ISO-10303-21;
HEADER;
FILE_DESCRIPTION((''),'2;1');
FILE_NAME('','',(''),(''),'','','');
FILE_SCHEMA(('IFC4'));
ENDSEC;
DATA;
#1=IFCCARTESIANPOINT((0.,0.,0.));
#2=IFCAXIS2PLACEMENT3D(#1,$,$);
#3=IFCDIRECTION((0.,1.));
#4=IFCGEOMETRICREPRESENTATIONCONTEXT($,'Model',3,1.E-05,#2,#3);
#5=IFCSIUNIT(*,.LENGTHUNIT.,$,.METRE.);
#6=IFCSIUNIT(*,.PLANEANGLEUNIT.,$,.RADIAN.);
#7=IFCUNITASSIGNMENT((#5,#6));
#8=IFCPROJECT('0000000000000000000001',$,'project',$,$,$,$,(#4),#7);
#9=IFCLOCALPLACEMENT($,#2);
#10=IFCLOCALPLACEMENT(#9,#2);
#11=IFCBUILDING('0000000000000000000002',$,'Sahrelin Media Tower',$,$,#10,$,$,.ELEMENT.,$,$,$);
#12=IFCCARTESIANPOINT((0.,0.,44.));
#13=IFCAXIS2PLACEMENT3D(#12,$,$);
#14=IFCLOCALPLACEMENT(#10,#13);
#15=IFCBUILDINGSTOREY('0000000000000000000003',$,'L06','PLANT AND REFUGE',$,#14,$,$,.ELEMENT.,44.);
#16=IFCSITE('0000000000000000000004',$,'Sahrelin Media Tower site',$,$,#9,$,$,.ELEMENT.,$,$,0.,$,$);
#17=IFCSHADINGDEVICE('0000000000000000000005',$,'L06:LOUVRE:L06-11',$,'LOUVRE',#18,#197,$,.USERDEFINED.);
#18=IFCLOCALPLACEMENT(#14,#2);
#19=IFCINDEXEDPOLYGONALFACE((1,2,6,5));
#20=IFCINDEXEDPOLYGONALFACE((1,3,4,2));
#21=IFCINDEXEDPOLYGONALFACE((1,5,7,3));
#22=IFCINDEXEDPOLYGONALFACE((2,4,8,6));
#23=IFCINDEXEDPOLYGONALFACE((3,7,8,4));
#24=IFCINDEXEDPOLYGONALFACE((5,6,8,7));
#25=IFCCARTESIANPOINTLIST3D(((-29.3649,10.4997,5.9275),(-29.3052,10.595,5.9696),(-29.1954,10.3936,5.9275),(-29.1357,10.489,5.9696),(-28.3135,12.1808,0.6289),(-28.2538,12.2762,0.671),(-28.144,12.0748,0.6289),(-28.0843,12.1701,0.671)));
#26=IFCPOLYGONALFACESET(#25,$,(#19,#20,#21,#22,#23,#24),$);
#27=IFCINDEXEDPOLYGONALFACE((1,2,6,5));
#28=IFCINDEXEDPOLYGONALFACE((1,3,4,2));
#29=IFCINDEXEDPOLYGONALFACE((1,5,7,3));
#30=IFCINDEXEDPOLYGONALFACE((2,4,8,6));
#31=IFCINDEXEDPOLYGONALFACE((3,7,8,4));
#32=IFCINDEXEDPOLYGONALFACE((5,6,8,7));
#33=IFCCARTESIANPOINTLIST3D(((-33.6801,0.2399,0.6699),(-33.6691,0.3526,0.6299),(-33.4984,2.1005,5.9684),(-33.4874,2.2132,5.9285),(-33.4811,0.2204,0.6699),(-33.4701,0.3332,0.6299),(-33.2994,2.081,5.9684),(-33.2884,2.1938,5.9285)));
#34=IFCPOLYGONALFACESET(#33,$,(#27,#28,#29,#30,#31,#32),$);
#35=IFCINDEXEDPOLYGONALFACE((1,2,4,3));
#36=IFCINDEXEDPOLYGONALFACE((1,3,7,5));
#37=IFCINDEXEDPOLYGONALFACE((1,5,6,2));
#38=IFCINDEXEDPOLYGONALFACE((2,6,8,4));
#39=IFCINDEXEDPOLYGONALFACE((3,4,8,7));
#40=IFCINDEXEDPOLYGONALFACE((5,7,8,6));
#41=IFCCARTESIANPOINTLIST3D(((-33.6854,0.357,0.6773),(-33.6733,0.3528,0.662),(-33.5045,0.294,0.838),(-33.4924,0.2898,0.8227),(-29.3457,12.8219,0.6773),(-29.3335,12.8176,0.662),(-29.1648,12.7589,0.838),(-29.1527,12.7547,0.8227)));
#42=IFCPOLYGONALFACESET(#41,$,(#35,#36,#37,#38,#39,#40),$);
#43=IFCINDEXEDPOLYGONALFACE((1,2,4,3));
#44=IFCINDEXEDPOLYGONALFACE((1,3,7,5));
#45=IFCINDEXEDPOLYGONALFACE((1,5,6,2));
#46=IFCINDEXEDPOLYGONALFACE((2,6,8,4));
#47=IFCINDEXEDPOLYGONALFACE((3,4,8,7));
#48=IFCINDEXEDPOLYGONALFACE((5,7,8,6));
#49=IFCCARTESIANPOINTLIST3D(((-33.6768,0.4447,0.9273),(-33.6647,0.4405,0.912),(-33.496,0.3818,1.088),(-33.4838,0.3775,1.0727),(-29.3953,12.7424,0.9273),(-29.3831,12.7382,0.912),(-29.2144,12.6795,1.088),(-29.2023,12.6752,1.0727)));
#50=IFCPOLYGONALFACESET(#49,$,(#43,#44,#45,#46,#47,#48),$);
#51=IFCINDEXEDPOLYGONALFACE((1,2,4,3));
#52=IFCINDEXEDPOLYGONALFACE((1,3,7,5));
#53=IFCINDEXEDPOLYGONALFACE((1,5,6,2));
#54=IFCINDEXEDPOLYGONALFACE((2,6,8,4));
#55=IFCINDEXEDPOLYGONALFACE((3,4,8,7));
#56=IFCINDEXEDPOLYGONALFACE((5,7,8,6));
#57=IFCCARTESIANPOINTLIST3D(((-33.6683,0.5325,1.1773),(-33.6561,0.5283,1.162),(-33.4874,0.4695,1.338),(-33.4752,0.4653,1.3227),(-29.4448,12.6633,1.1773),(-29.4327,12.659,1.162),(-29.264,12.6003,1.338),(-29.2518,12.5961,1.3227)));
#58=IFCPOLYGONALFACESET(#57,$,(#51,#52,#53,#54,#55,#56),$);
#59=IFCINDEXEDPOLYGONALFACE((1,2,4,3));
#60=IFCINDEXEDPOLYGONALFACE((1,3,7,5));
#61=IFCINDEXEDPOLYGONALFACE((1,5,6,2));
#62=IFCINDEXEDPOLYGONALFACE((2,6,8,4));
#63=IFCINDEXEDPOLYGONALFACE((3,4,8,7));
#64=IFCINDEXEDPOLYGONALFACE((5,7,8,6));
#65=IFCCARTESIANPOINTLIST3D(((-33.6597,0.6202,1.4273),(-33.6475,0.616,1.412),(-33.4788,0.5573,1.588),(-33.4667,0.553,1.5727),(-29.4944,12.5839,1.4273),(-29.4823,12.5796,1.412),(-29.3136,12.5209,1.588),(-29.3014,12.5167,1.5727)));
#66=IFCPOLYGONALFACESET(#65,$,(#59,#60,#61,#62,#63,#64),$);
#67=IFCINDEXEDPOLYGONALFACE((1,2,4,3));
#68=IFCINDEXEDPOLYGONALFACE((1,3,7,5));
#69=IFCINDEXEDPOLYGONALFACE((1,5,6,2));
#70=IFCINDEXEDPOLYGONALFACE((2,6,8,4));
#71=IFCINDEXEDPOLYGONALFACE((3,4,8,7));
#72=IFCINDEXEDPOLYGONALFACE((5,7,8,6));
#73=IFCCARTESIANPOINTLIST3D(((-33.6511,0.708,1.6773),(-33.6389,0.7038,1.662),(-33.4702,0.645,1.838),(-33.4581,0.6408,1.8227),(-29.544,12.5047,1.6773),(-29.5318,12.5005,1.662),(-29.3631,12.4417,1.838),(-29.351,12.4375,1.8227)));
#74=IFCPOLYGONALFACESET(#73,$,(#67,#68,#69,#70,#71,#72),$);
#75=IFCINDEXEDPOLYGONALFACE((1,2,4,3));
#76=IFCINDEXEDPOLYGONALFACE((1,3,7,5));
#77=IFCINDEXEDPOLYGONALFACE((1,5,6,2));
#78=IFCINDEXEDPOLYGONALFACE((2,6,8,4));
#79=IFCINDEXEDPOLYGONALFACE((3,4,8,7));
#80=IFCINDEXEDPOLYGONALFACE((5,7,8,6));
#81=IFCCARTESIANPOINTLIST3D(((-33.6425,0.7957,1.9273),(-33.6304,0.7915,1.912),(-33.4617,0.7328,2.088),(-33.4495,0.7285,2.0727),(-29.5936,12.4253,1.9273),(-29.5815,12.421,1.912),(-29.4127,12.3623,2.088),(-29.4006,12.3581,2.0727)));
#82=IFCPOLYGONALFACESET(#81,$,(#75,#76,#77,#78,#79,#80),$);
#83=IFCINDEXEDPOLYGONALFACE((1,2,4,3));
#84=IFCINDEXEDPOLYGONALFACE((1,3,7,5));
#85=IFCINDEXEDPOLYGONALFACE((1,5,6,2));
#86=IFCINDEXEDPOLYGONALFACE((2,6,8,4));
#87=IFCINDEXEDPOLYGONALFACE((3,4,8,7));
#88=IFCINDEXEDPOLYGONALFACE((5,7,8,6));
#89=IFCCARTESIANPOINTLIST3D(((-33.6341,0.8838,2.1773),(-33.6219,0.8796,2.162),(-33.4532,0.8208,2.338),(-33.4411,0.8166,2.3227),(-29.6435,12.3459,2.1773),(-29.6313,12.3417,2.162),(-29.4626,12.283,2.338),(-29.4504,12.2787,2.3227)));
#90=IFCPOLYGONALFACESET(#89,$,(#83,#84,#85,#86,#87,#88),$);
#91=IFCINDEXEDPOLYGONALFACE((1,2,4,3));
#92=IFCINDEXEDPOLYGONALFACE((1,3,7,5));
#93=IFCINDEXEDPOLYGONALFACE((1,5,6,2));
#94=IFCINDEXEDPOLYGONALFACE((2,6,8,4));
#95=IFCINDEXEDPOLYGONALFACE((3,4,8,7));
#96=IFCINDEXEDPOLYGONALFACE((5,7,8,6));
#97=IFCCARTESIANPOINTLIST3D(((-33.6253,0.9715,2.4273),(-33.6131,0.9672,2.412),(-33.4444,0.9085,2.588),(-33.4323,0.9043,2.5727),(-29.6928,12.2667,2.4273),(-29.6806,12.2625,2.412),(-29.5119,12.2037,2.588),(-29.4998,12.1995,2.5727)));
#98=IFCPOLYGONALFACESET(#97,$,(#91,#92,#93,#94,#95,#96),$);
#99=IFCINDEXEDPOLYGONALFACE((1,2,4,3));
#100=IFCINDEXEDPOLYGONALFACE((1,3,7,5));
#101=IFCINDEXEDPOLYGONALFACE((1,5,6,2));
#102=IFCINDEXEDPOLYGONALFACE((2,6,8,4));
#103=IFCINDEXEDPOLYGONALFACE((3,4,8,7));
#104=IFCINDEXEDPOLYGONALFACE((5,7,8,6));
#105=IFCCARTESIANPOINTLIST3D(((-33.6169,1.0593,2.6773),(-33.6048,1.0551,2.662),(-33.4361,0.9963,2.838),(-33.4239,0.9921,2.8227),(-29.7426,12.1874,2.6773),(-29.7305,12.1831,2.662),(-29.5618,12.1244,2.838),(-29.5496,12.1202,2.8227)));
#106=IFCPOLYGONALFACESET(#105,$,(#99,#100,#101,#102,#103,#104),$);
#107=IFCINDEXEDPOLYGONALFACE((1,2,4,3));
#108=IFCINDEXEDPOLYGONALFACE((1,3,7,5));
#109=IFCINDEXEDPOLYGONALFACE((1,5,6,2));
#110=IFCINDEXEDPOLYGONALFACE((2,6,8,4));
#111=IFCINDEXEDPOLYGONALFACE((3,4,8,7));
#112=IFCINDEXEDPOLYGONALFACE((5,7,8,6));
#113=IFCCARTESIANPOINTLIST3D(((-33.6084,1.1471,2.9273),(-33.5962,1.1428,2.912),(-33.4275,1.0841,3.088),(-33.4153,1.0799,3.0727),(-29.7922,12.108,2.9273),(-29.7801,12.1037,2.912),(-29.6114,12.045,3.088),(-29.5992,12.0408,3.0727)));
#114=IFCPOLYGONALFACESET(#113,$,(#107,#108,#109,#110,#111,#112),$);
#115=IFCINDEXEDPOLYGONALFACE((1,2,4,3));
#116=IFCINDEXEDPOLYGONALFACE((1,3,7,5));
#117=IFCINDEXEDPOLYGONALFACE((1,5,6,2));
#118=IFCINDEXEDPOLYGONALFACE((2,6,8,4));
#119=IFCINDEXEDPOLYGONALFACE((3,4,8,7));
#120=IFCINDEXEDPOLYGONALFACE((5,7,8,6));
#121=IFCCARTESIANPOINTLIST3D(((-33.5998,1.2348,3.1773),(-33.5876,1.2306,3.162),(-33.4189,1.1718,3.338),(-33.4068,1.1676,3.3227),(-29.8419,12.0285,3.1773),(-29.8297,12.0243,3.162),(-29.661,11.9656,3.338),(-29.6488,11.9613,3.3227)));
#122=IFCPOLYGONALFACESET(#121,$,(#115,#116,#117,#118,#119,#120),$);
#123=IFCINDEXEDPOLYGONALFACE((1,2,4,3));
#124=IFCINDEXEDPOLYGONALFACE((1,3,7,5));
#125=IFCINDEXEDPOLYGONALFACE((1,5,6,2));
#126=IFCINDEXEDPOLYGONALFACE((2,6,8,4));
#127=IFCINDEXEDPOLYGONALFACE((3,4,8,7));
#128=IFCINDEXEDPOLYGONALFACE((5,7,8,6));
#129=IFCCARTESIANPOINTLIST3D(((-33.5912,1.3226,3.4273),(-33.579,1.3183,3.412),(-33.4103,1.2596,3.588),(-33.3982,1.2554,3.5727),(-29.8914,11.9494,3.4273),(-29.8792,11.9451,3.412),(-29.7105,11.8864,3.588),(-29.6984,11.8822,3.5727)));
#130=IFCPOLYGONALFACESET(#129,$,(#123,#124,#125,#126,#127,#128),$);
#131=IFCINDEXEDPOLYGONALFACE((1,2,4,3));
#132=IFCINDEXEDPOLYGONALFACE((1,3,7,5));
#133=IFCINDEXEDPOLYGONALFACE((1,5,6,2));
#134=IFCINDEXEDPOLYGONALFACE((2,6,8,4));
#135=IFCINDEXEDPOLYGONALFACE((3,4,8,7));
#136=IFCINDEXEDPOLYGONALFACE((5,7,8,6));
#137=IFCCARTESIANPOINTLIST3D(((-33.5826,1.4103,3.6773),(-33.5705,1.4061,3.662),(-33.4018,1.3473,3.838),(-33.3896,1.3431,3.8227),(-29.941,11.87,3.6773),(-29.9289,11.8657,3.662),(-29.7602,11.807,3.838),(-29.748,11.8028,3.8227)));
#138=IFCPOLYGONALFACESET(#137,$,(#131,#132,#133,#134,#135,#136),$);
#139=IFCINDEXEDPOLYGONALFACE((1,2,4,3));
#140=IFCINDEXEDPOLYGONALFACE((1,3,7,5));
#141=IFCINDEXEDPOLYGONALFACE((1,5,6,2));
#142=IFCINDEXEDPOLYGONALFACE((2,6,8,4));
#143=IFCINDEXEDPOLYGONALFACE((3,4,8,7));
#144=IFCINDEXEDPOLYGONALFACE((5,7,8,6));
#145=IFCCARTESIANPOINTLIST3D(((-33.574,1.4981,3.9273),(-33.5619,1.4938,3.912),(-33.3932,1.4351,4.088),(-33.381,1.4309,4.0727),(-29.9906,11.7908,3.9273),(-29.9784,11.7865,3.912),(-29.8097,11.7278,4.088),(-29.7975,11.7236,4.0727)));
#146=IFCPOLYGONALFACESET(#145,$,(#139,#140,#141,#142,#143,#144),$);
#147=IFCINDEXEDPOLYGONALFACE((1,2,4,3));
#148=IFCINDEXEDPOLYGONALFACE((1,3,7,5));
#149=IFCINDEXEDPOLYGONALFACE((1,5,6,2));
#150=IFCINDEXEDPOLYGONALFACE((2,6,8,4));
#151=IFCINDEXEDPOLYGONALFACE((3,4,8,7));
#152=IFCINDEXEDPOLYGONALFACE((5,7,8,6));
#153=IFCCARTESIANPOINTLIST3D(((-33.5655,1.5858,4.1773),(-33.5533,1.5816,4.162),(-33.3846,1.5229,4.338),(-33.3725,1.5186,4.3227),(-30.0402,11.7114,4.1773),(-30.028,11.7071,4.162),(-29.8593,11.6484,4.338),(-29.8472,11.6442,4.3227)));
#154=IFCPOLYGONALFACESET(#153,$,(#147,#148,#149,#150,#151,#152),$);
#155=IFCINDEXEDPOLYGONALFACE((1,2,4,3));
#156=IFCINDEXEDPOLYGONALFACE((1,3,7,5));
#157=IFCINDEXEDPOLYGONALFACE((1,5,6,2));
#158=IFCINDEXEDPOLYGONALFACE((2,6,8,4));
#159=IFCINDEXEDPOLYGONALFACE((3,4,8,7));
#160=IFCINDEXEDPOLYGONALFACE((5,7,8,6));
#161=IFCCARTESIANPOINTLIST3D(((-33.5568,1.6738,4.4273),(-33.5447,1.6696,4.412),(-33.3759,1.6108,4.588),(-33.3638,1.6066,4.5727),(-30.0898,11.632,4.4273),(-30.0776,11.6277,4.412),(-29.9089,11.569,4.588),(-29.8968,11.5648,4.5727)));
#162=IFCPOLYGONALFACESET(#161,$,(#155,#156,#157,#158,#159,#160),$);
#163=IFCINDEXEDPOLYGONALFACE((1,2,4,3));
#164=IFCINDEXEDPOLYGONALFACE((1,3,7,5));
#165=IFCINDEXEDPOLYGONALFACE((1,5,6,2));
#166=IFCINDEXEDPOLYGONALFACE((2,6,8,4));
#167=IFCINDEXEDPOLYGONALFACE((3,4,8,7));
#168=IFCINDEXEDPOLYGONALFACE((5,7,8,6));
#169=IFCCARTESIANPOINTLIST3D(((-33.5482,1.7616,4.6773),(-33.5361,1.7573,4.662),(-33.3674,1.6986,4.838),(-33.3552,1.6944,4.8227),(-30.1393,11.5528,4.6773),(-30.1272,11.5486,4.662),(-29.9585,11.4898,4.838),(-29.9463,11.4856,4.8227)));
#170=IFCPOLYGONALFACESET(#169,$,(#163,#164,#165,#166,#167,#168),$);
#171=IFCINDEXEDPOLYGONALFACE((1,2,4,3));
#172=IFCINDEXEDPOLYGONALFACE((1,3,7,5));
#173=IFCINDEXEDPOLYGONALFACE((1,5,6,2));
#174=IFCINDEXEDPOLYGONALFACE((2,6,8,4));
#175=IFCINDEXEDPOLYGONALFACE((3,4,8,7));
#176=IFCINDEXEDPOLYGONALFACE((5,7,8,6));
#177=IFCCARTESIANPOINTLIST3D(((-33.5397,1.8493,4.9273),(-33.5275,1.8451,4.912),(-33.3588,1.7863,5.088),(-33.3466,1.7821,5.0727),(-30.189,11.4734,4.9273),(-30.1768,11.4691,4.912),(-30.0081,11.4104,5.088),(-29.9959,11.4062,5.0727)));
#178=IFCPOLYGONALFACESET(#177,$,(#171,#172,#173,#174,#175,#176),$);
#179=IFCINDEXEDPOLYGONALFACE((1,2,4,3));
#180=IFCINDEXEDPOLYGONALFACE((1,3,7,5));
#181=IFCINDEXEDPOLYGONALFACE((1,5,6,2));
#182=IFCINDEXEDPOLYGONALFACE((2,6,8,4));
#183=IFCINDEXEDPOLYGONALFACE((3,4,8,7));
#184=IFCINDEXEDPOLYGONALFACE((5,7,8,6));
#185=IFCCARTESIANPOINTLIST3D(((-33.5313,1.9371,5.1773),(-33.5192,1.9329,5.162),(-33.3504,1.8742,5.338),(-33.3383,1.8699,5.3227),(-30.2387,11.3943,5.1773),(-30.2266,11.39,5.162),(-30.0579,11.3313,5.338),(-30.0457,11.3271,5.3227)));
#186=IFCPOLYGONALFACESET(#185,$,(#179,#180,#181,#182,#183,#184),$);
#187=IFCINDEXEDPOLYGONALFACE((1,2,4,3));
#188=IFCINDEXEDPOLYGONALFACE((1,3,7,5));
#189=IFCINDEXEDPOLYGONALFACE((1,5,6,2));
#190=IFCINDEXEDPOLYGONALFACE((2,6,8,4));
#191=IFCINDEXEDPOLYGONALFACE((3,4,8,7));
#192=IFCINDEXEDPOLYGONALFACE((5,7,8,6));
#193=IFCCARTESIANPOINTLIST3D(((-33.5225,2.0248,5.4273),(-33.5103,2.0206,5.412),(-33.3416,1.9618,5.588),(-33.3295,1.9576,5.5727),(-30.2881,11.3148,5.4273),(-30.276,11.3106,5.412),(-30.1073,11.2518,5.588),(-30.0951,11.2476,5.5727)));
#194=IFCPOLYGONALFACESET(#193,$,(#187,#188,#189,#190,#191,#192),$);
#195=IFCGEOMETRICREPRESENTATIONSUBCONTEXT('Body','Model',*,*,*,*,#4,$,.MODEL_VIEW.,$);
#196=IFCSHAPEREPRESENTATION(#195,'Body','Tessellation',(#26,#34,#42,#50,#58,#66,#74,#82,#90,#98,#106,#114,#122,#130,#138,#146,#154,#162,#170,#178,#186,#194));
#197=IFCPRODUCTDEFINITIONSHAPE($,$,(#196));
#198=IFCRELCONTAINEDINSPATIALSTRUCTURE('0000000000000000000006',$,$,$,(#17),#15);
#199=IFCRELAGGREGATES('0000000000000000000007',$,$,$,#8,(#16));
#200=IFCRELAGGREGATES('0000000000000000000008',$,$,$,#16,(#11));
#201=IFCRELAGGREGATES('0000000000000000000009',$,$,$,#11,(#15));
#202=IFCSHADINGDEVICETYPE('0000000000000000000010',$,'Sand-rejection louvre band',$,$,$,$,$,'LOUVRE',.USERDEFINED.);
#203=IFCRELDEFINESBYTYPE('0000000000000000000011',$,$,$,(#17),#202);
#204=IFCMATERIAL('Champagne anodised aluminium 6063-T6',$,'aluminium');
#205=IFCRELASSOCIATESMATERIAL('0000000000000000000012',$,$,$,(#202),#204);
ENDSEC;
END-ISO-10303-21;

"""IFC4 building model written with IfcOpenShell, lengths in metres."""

from ifc_helpers import new_model, si_unit, direction, frame, origin, origin_2d, place, context, subcontext, project, spatial, rectangle, extrude, material, type_object, element, save


model = new_model("IFC4")

# Units and contexts
model_context = context("Model", 3, precision=1e-05, world=origin(), true_north=direction((0.0, 1.0)))
body_context = subcontext(model_context, "Body", "Model", "MODEL_VIEW")
ifc_project = project(units=[si_unit("LENGTHUNIT", "METRE"), si_unit("PLANEANGLEUNIT", "RADIAN")], contexts=[model_context])

# Site, building, storey
site_placement = place(None, origin())
site = spatial("IfcSite", under=ifc_project, at=site_placement, Name="Sahrelin Media Tower site", CompositionType="ELEMENT", RefElevation=0.0)
building_placement = place(site_placement, origin())
building = spatial("IfcBuilding", under=site, at=building_placement, Name="Sahrelin Media Tower", CompositionType="ELEMENT")
storey_placement = place(building_placement, frame((0.0, 0.0, 44.0)))
storey = spatial("IfcBuildingStorey", under=building, at=storey_placement, Name="L06", Description="PLANT AND REFUGE", CompositionType="ELEMENT", Elevation=44.0)

# Shading device
ifc_material_1 = material(Name="Champagne anodised aluminium 6063-T6", Category="aluminium")
shading_device_type = type_object("IfcShadingDeviceType", Name="Sand-rejection louvre band", ElementType="LOUVRE", PredefinedType="USERDEFINED", material=ifc_material_1)
shading_device_placement = place(storey_placement, frame((-30.8027, 6.3115, 0.0), z_axis=(0.0, 0.0, 1.0), x_axis=(0.3288, 0.9444, 0.0)))
element("IfcShadingDevice", 1, at=shading_device_placement, inside=storey, type_object=shading_device_type, Name="L06:LOUVRE:L06-11", ObjectType="LOUVRE", PredefinedType="USERDEFINED", context=body_context, shape_type="SweptSolid", body=[
    extrude(rectangle(XDim=0.2, YDim=0.1201, at=origin_2d()), frame((6.394, -0.531, 0.6499), z_axis=(-0.341736, 0.077807, 0.93657), x_axis=(-0.221999, -0.975047, 0.0)), (0.0, 0.0, 1.0), 5.6575),
    extrude(rectangle(XDim=0.2, YDim=0.1201, at=origin_2d()), frame((-6.6016, 0.6372, 0.6499), z_axis=(0.323365, 0.078343, 0.943026), x_axis=(-0.235462, 0.971884, 0.0)), (0.0, 0.0, 1.0), 5.6187),
    extrude(rectangle(XDim=0.25, YDim=0.02, at=origin_2d()), frame((6.6274, 0.6624, 0.75), z_axis=(-1.0, 0.0, 0.0), x_axis=(0.0, -0.766044, 0.642788)), (0.0, 0.0, 1.0), 13.1987),
    extrude(rectangle(XDim=0.25, YDim=0.02, at=origin_2d()), frame((6.5361, 0.6831, 1.0), z_axis=(-1.0, 0.0, 0.0), x_axis=(0.0, -0.766044, 0.642788)), (0.0, 0.0, 1.0), 13.0217),
    extrude(rectangle(XDim=0.25, YDim=0.02, at=origin_2d()), frame((6.4451, 0.7039, 1.25), z_axis=(-1.0, 0.0, 0.0), x_axis=(0.0, -0.766044, 0.642788)), (0.0, 0.0, 1.0), 12.845),
    extrude(rectangle(XDim=0.25, YDim=0.02, at=origin_2d()), frame((6.3538, 0.7246, 1.5), z_axis=(-1.0, 0.0, 0.0), x_axis=(0.0, -0.766044, 0.642788)), (0.0, 0.0, 1.0), 12.668),
    extrude(rectangle(XDim=0.25, YDim=0.02, at=origin_2d()), frame((6.2627, 0.7454, 1.75), z_axis=(-1.0, 0.0, 0.0), x_axis=(0.0, -0.766044, 0.642788)), (0.0, 0.0, 1.0), 12.4912),
    extrude(rectangle(XDim=0.25, YDim=0.02, at=origin_2d()), frame((6.1714, 0.7661, 2.0), z_axis=(-1.0, 0.0, 0.0), x_axis=(0.0, -0.766044, 0.642788)), (0.0, 0.0, 1.0), 12.3142),
    extrude(rectangle(XDim=0.25, YDim=0.02, at=origin_2d()), frame((6.0801, 0.7871, 2.25), z_axis=(-1.0, 0.0, 0.0), x_axis=(0.0, -0.766044, 0.642788)), (0.0, 0.0, 1.0), 12.137),
    extrude(rectangle(XDim=0.25, YDim=0.02, at=origin_2d()), frame((5.989, 0.8076, 2.5), z_axis=(-1.0, 0.0, 0.0), x_axis=(0.0, -0.766044, 0.642788)), (0.0, 0.0, 1.0), 11.9602),
    extrude(rectangle(XDim=0.25, YDim=0.02, at=origin_2d()), frame((5.8977, 0.8286, 2.75), z_axis=(-1.0, 0.0, 0.0), x_axis=(0.0, -0.766044, 0.642788)), (0.0, 0.0, 1.0), 11.7832),
    extrude(rectangle(XDim=0.25, YDim=0.02, at=origin_2d()), frame((5.8064, 0.8494, 3.0), z_axis=(-1.0, 0.0, 0.0), x_axis=(0.0, -0.766044, 0.642788)), (0.0, 0.0, 1.0), 11.6062),
    extrude(rectangle(XDim=0.25, YDim=0.02, at=origin_2d()), frame((5.7151, 0.8701, 3.25), z_axis=(-1.0, 0.0, 0.0), x_axis=(0.0, -0.766044, 0.642788)), (0.0, 0.0, 1.0), 11.4292),
    extrude(rectangle(XDim=0.25, YDim=0.02, at=origin_2d()), frame((5.624, 0.8909, 3.5), z_axis=(-1.0, 0.0, 0.0), x_axis=(0.0, -0.766044, 0.642788)), (0.0, 0.0, 1.0), 11.2524),
    extrude(rectangle(XDim=0.25, YDim=0.02, at=origin_2d()), frame((5.5327, 0.9116, 3.75), z_axis=(-1.0, 0.0, 0.0), x_axis=(0.0, -0.766044, 0.642788)), (0.0, 0.0, 1.0), 11.0754),
    extrude(rectangle(XDim=0.25, YDim=0.02, at=origin_2d()), frame((5.4417, 0.9324, 4.0), z_axis=(-1.0, 0.0, 0.0), x_axis=(0.0, -0.766044, 0.642788)), (0.0, 0.0, 1.0), 10.8987),
    extrude(rectangle(XDim=0.25, YDim=0.02, at=origin_2d()), frame((5.3503, 0.9531, 4.25), z_axis=(-1.0, 0.0, 0.0), x_axis=(0.0, -0.766044, 0.642788)), (0.0, 0.0, 1.0), 10.7217),
    extrude(rectangle(XDim=0.25, YDim=0.02, at=origin_2d()), frame((5.259, 0.9739, 4.5), z_axis=(-1.0, 0.0, 0.0), x_axis=(0.0, -0.766044, 0.642788)), (0.0, 0.0, 1.0), 10.5444),
    extrude(rectangle(XDim=0.25, YDim=0.02, at=origin_2d()), frame((5.168, 0.9946, 4.75), z_axis=(-1.0, 0.0, 0.0), x_axis=(0.0, -0.766044, 0.642788)), (0.0, 0.0, 1.0), 10.3677),
    extrude(rectangle(XDim=0.25, YDim=0.02, at=origin_2d()), frame((5.0767, 1.0154, 5.0), z_axis=(-1.0, 0.0, 0.0), x_axis=(0.0, -0.766044, 0.642788)), (0.0, 0.0, 1.0), 10.1907),
    extrude(rectangle(XDim=0.25, YDim=0.02, at=origin_2d()), frame((4.9856, 1.0364, 5.25), z_axis=(-1.0, 0.0, 0.0), x_axis=(0.0, -0.766044, 0.642788)), (0.0, 0.0, 1.0), 10.0139),
    extrude(rectangle(XDim=0.25, YDim=0.02, at=origin_2d()), frame((4.8943, 1.0569, 5.5), z_axis=(-1.0, 0.0, 0.0), x_axis=(0.0, -0.766044, 0.642788)), (0.0, 0.0, 1.0), 9.8369),
])

save(model, "model.ifc")
